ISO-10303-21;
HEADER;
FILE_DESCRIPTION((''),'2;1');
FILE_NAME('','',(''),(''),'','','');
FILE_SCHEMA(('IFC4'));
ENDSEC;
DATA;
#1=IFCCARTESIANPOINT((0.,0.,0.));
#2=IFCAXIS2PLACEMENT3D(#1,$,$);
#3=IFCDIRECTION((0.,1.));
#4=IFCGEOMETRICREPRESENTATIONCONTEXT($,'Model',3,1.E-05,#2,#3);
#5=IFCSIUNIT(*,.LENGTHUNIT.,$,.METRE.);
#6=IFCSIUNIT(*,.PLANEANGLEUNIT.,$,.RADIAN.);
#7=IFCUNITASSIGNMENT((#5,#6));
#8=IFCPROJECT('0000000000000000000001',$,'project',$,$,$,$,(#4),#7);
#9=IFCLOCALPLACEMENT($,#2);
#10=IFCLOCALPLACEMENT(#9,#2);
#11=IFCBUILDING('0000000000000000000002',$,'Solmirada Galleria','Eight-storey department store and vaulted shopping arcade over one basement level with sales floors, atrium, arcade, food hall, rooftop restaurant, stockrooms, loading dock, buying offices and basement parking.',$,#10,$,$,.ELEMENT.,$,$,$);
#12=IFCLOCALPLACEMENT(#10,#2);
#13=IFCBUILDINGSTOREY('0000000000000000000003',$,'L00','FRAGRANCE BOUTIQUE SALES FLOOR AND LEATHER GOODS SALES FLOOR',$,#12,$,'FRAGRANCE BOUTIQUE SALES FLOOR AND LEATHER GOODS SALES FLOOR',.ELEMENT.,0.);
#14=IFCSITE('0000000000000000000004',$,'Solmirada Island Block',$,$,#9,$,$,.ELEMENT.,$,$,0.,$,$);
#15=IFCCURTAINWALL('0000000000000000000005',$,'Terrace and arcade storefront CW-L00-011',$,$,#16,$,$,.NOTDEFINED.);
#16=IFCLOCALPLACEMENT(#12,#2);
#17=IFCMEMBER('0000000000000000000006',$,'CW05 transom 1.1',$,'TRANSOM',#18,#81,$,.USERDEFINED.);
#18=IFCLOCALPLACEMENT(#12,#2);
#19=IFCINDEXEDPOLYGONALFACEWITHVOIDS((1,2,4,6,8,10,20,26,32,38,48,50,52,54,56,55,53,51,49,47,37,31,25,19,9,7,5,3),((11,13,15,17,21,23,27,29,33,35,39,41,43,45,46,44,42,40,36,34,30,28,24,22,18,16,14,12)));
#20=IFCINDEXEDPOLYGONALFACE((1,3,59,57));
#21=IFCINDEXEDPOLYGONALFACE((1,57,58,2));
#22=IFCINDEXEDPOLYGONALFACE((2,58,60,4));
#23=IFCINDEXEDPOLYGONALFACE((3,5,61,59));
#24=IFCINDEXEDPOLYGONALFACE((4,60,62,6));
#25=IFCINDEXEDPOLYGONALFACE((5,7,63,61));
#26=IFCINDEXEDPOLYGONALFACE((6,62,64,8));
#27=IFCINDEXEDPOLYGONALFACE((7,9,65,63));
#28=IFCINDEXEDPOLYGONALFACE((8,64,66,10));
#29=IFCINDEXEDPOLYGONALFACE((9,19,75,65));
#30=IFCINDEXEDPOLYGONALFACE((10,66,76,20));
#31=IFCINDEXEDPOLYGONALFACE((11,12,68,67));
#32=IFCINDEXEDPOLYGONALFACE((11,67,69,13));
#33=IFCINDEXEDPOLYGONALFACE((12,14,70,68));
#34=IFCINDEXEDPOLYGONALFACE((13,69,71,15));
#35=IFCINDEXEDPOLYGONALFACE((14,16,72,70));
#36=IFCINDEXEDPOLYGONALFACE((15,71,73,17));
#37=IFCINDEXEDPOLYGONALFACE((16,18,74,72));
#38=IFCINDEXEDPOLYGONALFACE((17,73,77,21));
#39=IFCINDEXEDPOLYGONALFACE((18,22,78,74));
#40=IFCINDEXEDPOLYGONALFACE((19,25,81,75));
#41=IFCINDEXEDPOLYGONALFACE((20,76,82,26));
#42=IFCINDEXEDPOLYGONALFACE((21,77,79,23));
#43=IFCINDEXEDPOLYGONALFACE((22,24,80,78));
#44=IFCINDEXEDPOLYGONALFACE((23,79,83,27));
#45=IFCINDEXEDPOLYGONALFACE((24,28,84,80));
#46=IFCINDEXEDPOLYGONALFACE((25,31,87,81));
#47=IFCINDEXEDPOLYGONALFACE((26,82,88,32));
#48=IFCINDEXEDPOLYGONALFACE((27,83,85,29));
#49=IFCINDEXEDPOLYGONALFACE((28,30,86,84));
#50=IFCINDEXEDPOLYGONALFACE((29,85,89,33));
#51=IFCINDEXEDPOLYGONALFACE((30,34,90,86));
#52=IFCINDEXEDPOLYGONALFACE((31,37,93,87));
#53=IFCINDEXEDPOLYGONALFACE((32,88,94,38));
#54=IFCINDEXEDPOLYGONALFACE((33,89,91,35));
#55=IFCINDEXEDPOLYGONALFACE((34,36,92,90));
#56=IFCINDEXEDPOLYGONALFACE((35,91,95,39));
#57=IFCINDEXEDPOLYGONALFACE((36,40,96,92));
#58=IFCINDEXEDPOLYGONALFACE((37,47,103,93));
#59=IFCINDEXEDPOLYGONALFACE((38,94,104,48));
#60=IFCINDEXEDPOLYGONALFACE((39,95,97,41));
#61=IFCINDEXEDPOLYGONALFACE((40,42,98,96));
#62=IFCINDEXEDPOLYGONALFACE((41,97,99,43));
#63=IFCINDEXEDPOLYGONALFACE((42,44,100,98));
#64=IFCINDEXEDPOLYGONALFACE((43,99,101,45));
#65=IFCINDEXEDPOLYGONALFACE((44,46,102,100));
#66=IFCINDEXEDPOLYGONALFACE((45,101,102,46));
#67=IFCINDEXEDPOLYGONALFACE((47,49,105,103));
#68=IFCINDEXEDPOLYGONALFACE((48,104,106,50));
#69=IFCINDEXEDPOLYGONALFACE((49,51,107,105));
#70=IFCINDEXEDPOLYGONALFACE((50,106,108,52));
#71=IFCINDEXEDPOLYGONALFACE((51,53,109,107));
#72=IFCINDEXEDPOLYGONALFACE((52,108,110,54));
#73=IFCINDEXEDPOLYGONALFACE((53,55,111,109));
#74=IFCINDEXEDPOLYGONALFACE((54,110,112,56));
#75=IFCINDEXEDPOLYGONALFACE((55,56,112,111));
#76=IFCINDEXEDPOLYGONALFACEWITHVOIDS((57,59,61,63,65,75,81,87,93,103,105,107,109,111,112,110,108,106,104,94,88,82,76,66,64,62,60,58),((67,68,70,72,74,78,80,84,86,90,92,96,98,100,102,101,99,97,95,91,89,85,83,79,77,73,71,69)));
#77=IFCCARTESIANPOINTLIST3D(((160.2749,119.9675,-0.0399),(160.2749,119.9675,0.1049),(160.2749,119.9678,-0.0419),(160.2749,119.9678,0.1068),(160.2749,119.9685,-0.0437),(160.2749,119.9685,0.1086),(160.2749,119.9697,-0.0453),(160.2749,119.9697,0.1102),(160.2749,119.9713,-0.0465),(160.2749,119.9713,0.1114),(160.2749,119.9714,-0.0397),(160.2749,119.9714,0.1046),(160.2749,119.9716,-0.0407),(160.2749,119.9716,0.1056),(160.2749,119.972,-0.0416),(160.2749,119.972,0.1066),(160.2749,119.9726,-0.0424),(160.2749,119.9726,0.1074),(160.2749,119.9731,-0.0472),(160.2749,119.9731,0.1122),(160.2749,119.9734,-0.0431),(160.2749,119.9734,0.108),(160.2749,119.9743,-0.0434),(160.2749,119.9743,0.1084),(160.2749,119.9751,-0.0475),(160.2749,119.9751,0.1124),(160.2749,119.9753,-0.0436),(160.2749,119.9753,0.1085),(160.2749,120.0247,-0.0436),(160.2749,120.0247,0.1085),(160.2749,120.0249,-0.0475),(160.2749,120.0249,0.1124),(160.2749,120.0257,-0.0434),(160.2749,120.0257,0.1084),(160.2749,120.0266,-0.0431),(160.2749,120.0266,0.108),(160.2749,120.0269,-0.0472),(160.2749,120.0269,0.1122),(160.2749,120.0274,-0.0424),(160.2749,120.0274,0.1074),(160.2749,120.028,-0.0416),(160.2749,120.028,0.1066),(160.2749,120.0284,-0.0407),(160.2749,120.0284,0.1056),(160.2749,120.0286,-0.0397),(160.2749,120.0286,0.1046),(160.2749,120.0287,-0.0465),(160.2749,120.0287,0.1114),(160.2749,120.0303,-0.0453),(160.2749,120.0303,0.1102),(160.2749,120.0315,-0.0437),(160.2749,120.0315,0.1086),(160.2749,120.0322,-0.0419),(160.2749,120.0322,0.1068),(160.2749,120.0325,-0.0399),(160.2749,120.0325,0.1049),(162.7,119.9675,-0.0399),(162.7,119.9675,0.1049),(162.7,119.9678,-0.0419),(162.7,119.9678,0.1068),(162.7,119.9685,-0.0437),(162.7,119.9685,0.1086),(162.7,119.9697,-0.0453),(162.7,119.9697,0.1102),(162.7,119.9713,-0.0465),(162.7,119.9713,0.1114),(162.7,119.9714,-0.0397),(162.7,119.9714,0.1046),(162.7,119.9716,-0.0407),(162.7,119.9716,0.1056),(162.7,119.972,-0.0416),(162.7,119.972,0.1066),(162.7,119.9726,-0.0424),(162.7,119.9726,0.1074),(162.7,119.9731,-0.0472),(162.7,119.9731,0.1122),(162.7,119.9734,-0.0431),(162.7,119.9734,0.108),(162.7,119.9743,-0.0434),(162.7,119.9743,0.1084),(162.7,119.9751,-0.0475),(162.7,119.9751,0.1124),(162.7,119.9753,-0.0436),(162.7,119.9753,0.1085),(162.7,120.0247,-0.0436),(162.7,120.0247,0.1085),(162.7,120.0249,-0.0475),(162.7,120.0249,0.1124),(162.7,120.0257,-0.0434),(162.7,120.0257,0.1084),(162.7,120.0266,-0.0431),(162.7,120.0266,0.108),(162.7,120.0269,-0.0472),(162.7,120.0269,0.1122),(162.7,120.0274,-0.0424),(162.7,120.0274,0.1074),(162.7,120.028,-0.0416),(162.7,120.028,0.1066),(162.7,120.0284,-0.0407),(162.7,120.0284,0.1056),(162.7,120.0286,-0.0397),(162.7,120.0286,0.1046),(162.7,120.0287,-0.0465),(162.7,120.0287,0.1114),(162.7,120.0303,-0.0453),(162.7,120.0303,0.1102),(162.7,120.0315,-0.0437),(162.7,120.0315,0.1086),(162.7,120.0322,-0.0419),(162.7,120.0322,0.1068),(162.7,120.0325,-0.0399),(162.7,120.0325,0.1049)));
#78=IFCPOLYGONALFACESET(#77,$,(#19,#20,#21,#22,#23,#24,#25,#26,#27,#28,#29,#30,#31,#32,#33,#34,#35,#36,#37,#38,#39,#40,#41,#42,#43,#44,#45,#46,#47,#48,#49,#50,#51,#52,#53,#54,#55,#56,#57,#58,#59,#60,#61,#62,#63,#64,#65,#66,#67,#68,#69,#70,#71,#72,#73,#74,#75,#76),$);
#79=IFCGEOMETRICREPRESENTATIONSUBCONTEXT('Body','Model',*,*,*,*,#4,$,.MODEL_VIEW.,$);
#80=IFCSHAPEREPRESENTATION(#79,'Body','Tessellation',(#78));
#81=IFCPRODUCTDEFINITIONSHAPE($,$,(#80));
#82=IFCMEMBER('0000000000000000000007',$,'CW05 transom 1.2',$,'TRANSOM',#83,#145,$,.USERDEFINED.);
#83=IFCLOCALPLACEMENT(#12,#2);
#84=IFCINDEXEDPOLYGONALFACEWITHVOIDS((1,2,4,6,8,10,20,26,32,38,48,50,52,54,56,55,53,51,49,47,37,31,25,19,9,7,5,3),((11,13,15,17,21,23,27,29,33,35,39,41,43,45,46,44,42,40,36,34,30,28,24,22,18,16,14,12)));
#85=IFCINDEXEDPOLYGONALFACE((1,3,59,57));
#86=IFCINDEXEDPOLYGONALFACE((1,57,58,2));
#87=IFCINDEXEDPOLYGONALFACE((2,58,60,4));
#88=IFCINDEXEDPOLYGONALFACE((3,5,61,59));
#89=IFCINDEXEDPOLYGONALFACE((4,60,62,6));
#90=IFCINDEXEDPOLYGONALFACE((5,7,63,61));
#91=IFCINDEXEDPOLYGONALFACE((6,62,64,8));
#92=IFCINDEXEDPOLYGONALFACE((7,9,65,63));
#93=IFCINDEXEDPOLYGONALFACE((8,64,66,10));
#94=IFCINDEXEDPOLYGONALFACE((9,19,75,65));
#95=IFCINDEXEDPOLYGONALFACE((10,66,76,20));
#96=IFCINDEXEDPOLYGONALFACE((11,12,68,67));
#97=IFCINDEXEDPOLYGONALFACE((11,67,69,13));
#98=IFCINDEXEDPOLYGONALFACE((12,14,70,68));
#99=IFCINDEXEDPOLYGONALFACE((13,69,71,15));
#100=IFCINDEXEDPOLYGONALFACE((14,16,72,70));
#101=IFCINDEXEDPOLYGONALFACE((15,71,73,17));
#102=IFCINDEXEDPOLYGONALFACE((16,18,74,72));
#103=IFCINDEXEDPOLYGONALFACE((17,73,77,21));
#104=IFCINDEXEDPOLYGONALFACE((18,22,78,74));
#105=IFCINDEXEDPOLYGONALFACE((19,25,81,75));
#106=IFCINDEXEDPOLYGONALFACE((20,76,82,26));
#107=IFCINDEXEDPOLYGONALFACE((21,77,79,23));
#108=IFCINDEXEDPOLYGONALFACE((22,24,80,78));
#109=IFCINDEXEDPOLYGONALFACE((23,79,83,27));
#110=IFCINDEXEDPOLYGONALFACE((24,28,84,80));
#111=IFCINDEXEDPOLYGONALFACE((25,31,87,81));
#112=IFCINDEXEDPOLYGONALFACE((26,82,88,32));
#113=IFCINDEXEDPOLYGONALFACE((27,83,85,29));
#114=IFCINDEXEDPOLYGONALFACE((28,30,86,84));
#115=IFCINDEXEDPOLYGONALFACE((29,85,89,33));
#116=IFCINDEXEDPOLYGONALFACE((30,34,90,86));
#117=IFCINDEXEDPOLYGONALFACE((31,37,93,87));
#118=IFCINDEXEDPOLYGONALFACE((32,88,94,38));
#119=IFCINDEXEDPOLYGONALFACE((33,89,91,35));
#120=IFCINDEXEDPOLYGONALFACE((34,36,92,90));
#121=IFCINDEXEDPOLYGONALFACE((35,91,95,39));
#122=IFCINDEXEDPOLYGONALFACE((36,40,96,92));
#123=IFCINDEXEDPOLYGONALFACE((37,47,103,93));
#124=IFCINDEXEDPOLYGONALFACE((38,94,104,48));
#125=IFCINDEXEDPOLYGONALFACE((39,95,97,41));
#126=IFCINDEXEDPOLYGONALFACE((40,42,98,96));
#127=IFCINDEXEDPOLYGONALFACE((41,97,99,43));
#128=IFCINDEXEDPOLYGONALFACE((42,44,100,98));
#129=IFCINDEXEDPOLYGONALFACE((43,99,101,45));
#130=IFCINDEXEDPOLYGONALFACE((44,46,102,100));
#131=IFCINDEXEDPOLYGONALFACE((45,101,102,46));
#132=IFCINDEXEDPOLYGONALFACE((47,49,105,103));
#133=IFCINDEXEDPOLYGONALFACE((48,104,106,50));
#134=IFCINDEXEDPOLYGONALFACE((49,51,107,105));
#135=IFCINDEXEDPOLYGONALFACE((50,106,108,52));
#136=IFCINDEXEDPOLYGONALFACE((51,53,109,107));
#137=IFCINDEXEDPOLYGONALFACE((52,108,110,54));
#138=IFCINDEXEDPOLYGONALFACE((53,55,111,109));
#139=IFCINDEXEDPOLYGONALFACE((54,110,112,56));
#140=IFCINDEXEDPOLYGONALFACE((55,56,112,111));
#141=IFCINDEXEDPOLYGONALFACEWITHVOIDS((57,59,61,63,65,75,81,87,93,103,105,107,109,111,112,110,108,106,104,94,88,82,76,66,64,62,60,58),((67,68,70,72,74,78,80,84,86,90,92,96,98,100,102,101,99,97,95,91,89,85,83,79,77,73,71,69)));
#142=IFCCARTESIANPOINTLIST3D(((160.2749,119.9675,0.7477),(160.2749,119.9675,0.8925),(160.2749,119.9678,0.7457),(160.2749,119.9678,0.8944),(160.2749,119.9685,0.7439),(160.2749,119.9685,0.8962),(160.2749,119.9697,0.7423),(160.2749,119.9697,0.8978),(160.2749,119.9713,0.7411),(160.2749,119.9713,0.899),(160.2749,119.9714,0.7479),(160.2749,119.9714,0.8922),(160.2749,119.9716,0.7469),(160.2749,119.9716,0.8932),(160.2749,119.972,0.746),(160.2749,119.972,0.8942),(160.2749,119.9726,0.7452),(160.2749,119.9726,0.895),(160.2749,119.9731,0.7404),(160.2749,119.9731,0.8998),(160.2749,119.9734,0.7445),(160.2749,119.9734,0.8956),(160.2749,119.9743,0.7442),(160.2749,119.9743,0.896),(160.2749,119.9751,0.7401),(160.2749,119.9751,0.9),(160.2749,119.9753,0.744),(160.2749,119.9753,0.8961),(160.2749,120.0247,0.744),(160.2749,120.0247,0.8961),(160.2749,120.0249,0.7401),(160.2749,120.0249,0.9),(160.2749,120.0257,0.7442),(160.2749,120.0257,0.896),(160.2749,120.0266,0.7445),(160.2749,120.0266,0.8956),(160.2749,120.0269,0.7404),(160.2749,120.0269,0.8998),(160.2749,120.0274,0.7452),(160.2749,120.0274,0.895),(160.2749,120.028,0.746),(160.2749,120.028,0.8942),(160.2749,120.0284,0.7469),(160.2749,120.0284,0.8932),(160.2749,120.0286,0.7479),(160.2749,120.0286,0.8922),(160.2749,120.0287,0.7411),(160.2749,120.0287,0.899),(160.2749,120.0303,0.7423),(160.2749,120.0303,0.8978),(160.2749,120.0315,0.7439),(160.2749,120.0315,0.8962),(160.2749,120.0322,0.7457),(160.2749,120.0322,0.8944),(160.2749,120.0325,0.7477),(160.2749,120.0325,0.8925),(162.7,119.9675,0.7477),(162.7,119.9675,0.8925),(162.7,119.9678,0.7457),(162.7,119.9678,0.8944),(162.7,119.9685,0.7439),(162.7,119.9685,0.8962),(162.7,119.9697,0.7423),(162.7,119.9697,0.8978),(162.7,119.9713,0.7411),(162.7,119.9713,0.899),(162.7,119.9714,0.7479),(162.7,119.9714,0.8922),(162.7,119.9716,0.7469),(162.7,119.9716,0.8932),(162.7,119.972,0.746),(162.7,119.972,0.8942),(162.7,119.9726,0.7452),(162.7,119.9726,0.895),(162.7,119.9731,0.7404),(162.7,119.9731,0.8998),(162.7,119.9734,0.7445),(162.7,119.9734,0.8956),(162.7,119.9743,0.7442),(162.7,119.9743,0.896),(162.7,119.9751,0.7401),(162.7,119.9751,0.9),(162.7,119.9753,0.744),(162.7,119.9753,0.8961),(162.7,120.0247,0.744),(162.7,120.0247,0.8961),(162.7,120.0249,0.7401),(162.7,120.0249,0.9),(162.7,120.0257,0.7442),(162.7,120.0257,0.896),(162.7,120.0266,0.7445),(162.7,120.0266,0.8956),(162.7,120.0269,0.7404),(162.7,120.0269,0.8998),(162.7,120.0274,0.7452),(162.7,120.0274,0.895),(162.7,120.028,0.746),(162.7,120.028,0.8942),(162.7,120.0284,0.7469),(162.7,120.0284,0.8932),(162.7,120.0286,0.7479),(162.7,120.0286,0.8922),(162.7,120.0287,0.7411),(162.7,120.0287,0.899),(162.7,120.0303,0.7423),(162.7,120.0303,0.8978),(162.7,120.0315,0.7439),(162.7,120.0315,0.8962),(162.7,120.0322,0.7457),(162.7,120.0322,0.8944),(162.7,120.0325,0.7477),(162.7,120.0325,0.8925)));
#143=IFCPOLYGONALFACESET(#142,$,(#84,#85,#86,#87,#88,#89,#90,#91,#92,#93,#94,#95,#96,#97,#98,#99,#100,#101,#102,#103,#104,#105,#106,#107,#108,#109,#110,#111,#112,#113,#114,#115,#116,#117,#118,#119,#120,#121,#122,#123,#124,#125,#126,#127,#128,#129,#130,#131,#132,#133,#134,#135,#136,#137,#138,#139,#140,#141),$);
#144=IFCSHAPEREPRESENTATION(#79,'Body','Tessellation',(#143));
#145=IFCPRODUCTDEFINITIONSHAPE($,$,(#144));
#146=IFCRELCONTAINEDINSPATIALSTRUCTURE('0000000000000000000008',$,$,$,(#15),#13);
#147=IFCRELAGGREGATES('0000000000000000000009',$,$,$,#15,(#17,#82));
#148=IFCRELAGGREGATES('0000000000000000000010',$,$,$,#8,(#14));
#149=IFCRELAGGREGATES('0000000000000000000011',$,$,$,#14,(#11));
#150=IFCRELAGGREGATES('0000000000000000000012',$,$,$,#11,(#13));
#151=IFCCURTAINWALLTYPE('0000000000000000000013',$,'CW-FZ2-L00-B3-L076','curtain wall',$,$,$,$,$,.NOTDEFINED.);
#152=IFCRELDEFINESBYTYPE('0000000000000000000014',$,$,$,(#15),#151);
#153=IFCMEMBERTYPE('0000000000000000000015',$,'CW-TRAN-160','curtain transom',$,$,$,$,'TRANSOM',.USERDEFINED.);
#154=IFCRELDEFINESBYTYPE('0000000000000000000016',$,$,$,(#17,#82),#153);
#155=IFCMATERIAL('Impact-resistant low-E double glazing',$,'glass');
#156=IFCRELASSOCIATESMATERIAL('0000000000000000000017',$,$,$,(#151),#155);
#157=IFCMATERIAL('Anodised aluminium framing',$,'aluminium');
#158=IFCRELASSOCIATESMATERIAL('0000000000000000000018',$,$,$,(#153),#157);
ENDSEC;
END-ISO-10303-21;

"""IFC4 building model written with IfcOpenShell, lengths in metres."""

from ifc_helpers import new_model, si_unit, direction, frame, origin, origin_2d, place, context, subcontext, project, spatial, hollow_rectangle, extrude, material, material_profile, profile_set, type_object, element, aggregate, save


model = new_model("IFC4")

# Units and contexts
model_context = context("Model", 3, precision=1e-05, world=origin(), true_north=direction((0.0, 1.0)))
body_context = subcontext(model_context, "Body", "Model", "MODEL_VIEW")
ifc_project = project(units=[si_unit("LENGTHUNIT", "METRE"), si_unit("PLANEANGLEUNIT", "RADIAN")], contexts=[model_context])

# Site, building, storey
site_placement = place(None, origin())
site = spatial("IfcSite", under=ifc_project, at=site_placement, Name="Solmirada Island Block", CompositionType="ELEMENT", RefElevation=0.0)
building_placement = place(site_placement, origin())
building = spatial("IfcBuilding", under=site, at=building_placement, Name="Solmirada Galleria", Description="Eight-storey department store and vaulted shopping arcade over one basement level with sales floors, atrium, arcade, food hall, rooftop restaurant, stockrooms, loading dock, buying offices and basement parking.", CompositionType="ELEMENT")
storey_placement = place(building_placement, origin())
storey = spatial("IfcBuildingStorey", under=building, at=storey_placement, Name="L00", Description="FRAGRANCE BOUTIQUE SALES FLOOR AND LEATHER GOODS SALES FLOOR", LongName="FRAGRANCE BOUTIQUE SALES FLOOR AND LEATHER GOODS SALES FLOOR", CompositionType="ELEMENT", Elevation=0.0)

# Curtain wall
ifc_material_1 = material(Name="Impact-resistant low-E double glazing", Category="glass")
curtain_wall_type = type_object("IfcCurtainWallType", Name="CW-FZ2-L00-B3-L076", Description="curtain wall", PredefinedType="NOTDEFINED", material=ifc_material_1)
ifc_material_2 = material(Name="Anodised aluminium framing", Category="aluminium")
curtain_wall_1_placement = place(storey_placement, origin())
curtain_wall_1 = element("IfcCurtainWall", 1, at=curtain_wall_1_placement, inside=storey, type_object=curtain_wall_type, Name="Terrace and arcade storefront CW-L00-011", PredefinedType="NOTDEFINED")

# Members
ifc_material_profile_1 = material_profile(ifc_material_2, hollow_rectangle(XDim=0.0649, YDim=0.1599, WallThickness=0.0039, InnerFilletRadius=0.0039, OuterFilletRadius=0.0076, at=origin_2d()), Name="ALU-TRAN-160X65")
ifc_profile_set_1 = profile_set([ifc_material_profile_1], Name="Anodised aluminium framing")
member_type_1 = type_object("IfcMemberType", Name="CW-TRAN-160", Description="curtain transom", ElementType="TRANSOM", PredefinedType="USERDEFINED", material=ifc_profile_set_1)
member_1_placement = place(storey_placement, frame((160.2749, 120.0, 0.0325), z_axis=(1.0, 0.0, 0.0), x_axis=(0.0, 1.0, 0.0)))
member_1 = element("IfcMember", 2, at=member_1_placement, type_object=member_type_1, Name="CW05 transom 1.1", ObjectType="TRANSOM", PredefinedType="USERDEFINED", context=body_context, shape_type="SweptSolid", body=[
    extrude(hollow_rectangle(XDim=0.0649, YDim=0.1599, WallThickness=0.0039, InnerFilletRadius=0.0039, OuterFilletRadius=0.0076, at=origin_2d()), origin(), (0.0, 0.0, 1.0), 2.425),
])
member_2_placement = place(storey_placement, frame((160.2749, 120.0, 0.8201), z_axis=(1.0, 0.0, 0.0), x_axis=(0.0, 1.0, 0.0)))
member_2 = element("IfcMember", 3, at=member_2_placement, type_object=member_type_1, Name="CW05 transom 1.2", ObjectType="TRANSOM", PredefinedType="USERDEFINED", context=body_context, shape_type="SweptSolid", body=[
    extrude(hollow_rectangle(XDim=0.0649, YDim=0.1599, WallThickness=0.0039, InnerFilletRadius=0.0039, OuterFilletRadius=0.0076, at=origin_2d()), origin(), (0.0, 0.0, 1.0), 2.425),
])

aggregate(curtain_wall_1, [member_1, member_2])

save(model, "model.ifc")
